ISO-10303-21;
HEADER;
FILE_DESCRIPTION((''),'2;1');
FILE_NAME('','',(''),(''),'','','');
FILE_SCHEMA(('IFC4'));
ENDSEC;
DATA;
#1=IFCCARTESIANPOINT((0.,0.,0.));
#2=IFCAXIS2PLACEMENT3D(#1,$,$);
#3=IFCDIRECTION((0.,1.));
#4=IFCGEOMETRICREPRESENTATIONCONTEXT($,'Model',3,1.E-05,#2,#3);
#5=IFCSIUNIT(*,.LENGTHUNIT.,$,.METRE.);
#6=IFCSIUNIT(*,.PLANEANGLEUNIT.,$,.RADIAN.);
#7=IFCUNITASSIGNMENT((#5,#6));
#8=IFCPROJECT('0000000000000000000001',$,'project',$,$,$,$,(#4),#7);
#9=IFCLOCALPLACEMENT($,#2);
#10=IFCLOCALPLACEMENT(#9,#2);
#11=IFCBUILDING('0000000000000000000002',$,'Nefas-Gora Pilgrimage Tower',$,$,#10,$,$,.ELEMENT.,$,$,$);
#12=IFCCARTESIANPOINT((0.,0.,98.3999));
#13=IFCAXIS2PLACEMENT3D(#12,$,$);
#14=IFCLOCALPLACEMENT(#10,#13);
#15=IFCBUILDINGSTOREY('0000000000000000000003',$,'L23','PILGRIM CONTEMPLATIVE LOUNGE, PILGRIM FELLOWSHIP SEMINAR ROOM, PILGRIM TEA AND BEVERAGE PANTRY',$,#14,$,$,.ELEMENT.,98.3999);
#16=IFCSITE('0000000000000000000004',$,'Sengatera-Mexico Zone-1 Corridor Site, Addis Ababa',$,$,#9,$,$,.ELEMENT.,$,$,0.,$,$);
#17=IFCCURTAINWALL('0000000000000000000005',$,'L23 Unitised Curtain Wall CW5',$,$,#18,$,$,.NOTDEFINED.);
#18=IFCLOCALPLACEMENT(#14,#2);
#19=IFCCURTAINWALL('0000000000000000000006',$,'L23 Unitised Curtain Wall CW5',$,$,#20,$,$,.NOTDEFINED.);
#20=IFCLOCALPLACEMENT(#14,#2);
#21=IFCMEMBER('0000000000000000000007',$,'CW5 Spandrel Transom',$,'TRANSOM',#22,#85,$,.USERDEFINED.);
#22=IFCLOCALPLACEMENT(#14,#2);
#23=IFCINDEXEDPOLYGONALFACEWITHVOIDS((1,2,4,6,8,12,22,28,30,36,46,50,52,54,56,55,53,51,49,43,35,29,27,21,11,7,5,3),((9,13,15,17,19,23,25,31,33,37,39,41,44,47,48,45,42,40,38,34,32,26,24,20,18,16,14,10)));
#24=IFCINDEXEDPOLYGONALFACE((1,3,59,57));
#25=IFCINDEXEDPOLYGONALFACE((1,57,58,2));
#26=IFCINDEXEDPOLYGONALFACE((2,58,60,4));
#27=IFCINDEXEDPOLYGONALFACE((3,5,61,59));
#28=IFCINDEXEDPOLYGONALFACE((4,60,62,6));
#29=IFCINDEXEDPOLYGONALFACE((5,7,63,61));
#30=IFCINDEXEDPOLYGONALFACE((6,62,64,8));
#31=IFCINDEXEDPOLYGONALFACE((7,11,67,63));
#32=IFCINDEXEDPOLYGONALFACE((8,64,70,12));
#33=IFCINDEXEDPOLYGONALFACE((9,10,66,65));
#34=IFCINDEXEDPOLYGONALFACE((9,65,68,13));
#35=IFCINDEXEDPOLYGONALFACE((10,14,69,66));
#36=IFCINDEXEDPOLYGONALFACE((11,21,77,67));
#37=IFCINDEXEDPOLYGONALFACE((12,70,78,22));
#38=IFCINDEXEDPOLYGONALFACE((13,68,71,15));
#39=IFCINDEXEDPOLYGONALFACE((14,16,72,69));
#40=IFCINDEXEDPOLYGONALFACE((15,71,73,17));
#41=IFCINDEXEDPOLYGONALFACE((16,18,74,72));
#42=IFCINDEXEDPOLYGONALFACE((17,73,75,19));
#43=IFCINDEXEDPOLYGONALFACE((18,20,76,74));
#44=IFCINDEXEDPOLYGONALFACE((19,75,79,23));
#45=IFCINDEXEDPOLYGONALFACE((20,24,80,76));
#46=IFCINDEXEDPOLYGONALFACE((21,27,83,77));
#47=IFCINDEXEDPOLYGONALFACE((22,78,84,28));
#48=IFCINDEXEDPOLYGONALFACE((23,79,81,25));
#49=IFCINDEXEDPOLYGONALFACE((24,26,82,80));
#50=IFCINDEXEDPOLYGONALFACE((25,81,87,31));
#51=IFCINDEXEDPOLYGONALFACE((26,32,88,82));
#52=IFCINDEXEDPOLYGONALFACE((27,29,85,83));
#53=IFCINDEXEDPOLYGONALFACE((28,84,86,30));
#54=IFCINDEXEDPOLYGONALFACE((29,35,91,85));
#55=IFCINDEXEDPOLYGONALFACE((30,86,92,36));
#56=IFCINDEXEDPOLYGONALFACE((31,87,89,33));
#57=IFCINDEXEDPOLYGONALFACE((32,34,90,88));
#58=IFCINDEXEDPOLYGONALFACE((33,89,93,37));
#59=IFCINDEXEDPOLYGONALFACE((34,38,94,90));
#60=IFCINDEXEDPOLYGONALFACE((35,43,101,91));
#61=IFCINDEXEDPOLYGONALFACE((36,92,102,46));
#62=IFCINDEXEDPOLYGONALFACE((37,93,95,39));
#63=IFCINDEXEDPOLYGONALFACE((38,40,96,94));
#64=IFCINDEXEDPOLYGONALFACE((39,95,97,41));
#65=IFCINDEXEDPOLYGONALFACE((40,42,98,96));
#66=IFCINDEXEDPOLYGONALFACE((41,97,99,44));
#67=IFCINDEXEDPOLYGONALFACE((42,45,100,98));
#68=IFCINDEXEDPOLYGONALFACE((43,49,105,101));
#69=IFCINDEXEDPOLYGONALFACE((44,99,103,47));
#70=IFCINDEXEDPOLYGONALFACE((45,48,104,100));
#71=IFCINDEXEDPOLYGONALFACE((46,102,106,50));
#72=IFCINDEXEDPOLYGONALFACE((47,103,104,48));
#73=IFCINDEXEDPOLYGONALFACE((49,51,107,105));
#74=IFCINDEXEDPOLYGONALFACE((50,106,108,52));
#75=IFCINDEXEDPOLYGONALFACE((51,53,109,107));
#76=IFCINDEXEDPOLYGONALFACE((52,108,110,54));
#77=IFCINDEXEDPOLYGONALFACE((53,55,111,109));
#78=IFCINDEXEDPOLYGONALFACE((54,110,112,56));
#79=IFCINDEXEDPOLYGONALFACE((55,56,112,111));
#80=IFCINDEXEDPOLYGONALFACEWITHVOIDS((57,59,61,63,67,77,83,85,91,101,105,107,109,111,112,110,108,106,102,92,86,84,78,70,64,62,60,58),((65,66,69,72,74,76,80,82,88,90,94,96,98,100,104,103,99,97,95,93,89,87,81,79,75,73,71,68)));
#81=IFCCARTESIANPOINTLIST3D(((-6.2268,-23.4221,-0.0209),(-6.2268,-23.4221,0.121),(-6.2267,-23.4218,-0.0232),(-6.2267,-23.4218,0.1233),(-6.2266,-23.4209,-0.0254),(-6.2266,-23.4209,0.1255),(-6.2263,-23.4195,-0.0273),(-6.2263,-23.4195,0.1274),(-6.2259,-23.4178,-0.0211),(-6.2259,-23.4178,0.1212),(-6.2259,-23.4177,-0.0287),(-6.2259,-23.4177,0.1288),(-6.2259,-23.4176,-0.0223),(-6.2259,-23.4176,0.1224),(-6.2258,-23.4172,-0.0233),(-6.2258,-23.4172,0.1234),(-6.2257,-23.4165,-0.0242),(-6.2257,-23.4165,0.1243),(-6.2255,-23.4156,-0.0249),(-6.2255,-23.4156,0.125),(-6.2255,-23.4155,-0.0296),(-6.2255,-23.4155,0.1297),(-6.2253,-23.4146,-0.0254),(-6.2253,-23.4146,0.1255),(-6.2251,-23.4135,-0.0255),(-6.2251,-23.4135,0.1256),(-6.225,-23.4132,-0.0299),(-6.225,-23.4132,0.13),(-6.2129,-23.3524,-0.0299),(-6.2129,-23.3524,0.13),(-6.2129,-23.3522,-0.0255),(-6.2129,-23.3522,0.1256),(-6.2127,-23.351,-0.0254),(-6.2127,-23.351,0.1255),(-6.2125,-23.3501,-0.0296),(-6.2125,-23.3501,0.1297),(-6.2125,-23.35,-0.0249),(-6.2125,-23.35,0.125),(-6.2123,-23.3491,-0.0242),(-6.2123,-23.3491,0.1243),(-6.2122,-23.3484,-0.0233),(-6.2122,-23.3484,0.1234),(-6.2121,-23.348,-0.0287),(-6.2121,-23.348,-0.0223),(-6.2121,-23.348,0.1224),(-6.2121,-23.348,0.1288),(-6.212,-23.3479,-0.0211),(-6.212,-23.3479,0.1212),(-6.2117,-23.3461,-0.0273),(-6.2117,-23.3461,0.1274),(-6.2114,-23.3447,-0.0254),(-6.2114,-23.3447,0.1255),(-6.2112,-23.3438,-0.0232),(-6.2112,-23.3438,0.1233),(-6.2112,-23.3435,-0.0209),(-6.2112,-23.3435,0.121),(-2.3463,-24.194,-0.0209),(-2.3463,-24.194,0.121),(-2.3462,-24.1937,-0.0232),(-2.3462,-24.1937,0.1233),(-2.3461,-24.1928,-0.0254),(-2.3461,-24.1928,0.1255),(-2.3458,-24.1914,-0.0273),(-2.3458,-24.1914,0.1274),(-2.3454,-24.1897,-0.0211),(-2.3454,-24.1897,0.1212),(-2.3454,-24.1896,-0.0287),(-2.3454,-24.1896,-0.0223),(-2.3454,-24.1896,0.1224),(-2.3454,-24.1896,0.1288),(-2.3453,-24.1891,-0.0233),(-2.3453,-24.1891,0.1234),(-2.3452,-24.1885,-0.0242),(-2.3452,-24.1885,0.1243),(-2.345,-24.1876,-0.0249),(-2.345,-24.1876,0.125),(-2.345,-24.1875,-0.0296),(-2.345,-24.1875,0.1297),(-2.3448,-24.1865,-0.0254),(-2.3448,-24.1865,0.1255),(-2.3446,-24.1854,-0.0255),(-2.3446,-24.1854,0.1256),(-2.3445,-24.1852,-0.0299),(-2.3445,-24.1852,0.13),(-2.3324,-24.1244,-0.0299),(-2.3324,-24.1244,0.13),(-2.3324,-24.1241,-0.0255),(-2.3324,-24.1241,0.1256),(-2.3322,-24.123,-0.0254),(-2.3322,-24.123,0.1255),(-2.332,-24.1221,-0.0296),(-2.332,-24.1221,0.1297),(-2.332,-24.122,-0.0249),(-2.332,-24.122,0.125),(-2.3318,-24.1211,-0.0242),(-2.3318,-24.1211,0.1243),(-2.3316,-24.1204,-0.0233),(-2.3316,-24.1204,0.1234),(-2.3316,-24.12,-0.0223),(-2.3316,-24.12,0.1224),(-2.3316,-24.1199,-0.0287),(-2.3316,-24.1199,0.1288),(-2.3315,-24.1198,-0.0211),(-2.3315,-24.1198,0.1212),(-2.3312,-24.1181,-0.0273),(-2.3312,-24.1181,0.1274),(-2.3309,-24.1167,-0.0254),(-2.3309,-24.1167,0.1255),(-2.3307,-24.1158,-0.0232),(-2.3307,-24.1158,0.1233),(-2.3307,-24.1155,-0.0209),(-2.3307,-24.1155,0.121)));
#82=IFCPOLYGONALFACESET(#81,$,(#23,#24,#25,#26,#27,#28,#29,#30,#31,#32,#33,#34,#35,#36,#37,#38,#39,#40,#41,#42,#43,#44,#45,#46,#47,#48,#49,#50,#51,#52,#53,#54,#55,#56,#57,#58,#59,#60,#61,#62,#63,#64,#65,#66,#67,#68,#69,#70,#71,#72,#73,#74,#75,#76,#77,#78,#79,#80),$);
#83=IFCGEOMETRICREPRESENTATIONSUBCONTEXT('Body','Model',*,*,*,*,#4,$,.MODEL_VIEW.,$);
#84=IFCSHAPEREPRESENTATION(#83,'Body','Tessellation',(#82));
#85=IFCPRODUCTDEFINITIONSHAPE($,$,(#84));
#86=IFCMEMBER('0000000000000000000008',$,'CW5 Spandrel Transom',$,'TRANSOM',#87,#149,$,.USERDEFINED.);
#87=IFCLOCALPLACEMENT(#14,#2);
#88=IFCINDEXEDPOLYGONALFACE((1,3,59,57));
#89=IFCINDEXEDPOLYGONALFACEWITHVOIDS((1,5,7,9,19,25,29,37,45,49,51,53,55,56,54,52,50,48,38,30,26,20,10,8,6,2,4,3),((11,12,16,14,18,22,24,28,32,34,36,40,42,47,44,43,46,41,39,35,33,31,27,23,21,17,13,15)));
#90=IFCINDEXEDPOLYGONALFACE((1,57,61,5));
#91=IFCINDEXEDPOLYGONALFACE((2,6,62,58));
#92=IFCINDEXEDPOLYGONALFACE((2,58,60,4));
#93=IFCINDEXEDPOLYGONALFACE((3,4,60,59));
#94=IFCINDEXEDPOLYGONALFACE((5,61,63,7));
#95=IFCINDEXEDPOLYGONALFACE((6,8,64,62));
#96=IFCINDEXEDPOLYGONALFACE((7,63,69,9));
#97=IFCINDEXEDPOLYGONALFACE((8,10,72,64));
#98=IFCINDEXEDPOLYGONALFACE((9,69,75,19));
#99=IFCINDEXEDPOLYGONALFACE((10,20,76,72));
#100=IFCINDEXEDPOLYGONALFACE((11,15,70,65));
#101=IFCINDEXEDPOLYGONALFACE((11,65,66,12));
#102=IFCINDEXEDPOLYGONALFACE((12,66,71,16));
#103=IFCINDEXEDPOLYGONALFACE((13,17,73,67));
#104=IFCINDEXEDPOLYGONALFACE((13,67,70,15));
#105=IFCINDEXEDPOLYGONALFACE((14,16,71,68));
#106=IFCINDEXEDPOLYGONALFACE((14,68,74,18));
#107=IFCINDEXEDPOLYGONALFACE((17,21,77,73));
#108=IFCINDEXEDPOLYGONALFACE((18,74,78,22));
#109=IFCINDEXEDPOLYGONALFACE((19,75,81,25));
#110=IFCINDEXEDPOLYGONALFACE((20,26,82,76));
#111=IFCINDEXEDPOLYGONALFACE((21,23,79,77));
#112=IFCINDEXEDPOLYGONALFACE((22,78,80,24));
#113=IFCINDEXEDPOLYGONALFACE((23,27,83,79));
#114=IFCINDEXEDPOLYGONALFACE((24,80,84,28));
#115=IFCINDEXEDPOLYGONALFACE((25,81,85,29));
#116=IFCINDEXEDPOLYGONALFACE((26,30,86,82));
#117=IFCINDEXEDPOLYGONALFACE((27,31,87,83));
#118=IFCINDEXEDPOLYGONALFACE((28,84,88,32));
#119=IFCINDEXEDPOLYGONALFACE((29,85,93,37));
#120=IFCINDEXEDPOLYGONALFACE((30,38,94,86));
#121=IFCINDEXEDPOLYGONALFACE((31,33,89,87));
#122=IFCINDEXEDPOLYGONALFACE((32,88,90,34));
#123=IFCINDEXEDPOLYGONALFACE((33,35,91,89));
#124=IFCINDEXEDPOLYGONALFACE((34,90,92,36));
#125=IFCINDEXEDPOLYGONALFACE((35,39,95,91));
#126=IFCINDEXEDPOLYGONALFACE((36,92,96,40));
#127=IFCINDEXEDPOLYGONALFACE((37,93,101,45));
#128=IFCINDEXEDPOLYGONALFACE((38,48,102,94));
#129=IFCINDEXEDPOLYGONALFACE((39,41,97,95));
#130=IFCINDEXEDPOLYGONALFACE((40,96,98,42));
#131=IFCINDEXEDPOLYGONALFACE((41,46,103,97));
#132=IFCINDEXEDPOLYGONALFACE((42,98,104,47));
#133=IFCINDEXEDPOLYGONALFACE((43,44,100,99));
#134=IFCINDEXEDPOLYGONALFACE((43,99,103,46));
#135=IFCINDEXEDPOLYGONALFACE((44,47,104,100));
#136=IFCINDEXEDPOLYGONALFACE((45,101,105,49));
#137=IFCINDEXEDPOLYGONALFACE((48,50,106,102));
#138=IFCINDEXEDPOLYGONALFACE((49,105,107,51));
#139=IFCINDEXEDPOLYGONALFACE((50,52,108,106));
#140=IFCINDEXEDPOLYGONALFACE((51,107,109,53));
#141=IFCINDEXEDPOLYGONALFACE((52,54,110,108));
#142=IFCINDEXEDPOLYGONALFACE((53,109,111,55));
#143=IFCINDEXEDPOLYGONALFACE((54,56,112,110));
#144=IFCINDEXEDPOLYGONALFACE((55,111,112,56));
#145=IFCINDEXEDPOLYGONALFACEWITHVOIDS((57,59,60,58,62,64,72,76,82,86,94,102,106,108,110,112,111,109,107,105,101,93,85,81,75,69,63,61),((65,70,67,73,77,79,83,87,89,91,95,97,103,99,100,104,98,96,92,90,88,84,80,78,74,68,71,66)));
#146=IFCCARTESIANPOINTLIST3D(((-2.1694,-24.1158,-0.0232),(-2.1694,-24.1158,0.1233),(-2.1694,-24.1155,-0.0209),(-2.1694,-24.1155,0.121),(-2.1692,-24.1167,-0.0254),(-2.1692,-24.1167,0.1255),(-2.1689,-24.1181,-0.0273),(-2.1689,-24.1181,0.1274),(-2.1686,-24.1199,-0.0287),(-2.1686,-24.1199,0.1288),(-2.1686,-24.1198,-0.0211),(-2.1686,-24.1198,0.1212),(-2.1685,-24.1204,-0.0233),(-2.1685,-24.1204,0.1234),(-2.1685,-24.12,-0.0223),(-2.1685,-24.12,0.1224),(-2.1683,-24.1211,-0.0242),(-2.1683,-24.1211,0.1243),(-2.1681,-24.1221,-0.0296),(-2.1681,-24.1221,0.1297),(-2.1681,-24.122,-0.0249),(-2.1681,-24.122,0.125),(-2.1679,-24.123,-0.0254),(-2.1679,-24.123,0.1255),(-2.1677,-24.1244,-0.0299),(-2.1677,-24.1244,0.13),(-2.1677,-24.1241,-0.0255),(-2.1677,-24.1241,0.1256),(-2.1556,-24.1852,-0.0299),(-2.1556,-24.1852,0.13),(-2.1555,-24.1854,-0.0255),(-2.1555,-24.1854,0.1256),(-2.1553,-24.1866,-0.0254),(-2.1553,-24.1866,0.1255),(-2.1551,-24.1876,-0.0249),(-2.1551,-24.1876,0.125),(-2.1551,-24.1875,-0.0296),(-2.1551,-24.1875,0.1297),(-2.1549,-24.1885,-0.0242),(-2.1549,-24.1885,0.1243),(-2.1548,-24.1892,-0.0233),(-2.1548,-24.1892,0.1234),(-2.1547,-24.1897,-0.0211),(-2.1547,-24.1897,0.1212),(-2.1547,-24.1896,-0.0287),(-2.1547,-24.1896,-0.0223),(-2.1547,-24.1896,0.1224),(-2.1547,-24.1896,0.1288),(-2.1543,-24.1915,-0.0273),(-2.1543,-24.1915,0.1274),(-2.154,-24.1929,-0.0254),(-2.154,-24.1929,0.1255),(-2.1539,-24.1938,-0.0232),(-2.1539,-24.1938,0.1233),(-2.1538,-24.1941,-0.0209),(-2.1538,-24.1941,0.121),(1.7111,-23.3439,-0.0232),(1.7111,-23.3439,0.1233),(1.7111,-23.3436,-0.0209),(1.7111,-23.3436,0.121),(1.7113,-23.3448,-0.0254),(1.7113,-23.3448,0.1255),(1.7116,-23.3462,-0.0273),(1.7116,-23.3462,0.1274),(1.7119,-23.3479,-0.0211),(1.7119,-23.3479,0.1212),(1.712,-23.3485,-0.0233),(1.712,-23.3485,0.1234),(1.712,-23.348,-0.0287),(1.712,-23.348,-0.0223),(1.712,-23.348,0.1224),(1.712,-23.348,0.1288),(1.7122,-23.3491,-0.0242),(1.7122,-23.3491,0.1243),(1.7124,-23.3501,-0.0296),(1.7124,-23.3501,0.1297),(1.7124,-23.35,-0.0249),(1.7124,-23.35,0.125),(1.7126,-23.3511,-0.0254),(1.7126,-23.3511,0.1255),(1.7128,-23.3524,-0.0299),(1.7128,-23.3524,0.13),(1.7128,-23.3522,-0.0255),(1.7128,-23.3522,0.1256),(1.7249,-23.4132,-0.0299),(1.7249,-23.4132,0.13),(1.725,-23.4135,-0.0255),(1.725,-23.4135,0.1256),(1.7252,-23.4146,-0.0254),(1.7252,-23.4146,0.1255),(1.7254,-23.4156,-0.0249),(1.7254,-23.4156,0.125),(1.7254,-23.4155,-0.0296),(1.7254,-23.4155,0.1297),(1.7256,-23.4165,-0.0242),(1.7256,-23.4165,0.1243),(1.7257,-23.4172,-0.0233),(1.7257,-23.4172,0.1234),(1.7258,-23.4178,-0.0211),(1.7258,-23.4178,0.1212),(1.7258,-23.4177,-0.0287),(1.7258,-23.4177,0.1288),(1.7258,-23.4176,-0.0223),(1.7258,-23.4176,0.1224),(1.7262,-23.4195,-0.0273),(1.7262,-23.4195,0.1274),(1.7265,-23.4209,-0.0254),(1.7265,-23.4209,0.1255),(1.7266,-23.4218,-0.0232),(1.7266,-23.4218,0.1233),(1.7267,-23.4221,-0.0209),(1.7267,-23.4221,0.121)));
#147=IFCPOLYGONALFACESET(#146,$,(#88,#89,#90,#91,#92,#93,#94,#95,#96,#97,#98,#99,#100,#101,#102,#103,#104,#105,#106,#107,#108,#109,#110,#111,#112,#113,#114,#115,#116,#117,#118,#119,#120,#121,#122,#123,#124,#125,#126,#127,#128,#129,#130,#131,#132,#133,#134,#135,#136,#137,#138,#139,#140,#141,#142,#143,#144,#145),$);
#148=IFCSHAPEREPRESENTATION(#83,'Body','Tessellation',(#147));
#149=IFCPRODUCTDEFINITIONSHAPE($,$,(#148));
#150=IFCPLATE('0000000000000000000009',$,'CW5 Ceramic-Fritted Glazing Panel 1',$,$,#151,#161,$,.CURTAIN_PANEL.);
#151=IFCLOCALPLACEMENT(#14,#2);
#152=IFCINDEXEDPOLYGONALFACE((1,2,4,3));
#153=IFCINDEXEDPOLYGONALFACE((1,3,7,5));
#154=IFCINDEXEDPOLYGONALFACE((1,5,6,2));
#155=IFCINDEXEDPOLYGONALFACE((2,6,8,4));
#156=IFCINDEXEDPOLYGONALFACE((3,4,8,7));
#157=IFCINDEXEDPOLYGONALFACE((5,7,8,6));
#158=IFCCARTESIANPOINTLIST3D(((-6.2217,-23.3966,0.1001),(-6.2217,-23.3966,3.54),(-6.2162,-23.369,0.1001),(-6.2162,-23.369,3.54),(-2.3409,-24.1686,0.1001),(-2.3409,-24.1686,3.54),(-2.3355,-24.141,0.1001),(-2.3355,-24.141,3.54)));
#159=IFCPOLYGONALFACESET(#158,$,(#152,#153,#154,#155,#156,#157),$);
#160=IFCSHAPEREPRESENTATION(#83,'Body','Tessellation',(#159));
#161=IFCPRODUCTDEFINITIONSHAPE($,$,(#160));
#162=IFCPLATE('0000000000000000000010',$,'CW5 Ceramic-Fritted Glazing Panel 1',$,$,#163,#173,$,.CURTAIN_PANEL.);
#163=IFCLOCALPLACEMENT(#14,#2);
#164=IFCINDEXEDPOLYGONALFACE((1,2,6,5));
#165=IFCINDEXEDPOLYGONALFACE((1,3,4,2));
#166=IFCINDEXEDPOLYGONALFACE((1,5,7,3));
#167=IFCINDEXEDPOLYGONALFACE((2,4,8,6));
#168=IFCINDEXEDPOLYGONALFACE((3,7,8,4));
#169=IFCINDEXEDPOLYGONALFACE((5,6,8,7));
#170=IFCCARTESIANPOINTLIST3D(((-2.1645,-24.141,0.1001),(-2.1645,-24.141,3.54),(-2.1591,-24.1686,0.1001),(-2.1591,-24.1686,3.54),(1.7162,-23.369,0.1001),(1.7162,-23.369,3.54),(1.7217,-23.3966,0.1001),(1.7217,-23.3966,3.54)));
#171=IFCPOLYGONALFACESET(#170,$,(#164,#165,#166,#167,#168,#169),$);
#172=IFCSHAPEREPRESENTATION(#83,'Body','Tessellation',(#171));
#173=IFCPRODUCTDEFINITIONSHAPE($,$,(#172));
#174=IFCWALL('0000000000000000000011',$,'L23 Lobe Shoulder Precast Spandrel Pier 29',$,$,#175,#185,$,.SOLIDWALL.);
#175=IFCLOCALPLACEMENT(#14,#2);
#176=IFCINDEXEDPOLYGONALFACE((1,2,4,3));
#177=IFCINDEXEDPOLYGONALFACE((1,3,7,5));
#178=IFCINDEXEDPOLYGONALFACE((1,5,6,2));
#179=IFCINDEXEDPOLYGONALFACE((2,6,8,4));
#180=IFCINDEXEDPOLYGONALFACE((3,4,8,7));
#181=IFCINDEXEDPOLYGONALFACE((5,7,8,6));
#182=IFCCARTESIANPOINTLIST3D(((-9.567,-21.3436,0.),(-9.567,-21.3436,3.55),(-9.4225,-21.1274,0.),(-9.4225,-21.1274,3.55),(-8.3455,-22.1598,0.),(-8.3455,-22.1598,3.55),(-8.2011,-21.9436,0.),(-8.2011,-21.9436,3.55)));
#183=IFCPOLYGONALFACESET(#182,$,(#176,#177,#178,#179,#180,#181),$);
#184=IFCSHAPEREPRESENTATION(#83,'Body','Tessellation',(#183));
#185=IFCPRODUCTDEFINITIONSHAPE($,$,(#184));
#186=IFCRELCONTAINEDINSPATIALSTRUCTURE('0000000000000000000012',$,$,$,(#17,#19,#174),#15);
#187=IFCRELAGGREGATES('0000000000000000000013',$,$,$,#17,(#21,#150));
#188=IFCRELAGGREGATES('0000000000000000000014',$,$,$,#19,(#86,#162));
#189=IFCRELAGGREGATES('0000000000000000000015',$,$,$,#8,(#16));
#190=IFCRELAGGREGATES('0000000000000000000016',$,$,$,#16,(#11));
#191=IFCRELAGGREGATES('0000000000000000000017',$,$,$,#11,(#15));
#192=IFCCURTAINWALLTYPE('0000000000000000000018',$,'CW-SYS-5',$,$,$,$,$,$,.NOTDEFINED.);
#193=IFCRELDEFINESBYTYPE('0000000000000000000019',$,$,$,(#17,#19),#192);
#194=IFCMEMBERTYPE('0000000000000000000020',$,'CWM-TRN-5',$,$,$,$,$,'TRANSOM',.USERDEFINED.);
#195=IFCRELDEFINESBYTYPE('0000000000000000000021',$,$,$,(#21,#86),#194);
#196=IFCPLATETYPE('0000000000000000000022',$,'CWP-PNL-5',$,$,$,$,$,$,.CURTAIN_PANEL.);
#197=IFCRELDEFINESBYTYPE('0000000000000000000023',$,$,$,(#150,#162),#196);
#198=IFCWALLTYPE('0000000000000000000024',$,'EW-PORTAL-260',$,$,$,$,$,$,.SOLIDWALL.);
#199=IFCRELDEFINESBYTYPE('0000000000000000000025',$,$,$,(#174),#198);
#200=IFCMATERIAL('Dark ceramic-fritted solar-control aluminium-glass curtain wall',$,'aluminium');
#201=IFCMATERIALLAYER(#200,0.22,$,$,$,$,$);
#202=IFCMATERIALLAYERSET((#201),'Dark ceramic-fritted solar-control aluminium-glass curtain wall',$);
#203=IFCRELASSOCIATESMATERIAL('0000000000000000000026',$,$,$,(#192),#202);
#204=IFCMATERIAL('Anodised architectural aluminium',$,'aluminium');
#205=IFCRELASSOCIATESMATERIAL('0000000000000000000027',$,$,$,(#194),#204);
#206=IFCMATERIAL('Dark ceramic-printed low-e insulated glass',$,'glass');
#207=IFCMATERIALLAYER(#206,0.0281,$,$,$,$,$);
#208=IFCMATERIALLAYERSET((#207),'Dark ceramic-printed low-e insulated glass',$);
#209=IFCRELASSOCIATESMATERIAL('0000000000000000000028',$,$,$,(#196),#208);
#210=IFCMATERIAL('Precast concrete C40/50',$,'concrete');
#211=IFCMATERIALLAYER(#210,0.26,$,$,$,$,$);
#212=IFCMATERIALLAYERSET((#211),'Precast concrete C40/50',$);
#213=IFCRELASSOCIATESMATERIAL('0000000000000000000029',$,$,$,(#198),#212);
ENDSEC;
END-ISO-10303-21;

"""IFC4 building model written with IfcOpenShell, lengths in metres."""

from ifc_helpers import new_model, si_unit, direction, frame, frame_2d, origin, origin_2d, place, context, subcontext, project, spatial, rectangle, hollow_rectangle, extrude, source, transform, mapped, material, layer, layer_set, material_profile, profile_set, type_object, element, aggregate, save


model = new_model("IFC4")

# Units and contexts
model_context = context("Model", 3, precision=1e-05, world=origin(), true_north=direction((0.0, 1.0)))
body_context = subcontext(model_context, "Body", "Model", "MODEL_VIEW")
ifc_project = project(units=[si_unit("LENGTHUNIT", "METRE"), si_unit("PLANEANGLEUNIT", "RADIAN")], contexts=[model_context])

# Site, building, storey
site_placement = place(None, origin())
site = spatial("IfcSite", under=ifc_project, at=site_placement, Name="Sengatera-Mexico Zone-1 Corridor Site, Addis Ababa", CompositionType="ELEMENT", RefElevation=0.0)
building_placement = place(site_placement, origin())
building = spatial("IfcBuilding", under=site, at=building_placement, Name="Nefas-Gora Pilgrimage Tower", CompositionType="ELEMENT")
storey_placement = place(building_placement, frame((0.0, 0.0, 98.3999)))
storey = spatial("IfcBuildingStorey", under=building, at=storey_placement, Name="L23", Description="PILGRIM CONTEMPLATIVE LOUNGE, PILGRIM FELLOWSHIP SEMINAR ROOM, PILGRIM TEA AND BEVERAGE PANTRY", CompositionType="ELEMENT", Elevation=98.3999)

# Shared definitions
ifc_material_1 = material(Name="Dark ceramic-fritted solar-control aluminium-glass curtain wall", Category="aluminium")
ifc_layer_1 = layer(ifc_material_1, 0.22)
ifc_layer_set_1 = layer_set([ifc_layer_1], Name="Dark ceramic-fritted solar-control aluminium-glass curtain wall")
curtain_wall_type = type_object("IfcCurtainWallType", Name="CW-SYS-5", PredefinedType="NOTDEFINED", material=ifc_layer_set_1)
ifc_material_2 = material(Name="Anodised architectural aluminium", Category="aluminium")

# Curtain wall
curtain_wall_1_placement = place(storey_placement, origin())
curtain_wall_1 = element("IfcCurtainWall", 1, at=curtain_wall_1_placement, inside=storey, type_object=curtain_wall_type, Name="L23 Unitised Curtain Wall CW5", PredefinedType="NOTDEFINED")

# Curtain wall
curtain_wall_2_placement = place(storey_placement, origin())
curtain_wall_2 = element("IfcCurtainWall", 2, at=curtain_wall_2_placement, inside=storey, type_object=curtain_wall_type, Name="L23 Unitised Curtain Wall CW5", PredefinedType="NOTDEFINED")

# Members
ifc_material_profile_1 = material_profile(ifc_material_2, hollow_rectangle(XDim=0.0801, YDim=0.1599, WallThickness=0.0044, InnerFilletRadius=0.0044, OuterFilletRadius=0.009, at=origin_2d()), Name="ALU TRANSOM 80x160")
ifc_profile_set_1 = profile_set([ifc_material_profile_1], Name="Anodised architectural aluminium")
member_type_1 = type_object("IfcMemberType", Name="CWM-TRN-5", ElementType="TRANSOM", PredefinedType="USERDEFINED", material=ifc_profile_set_1)
shared_shape_1 = source(origin(), body_context, "Body", "SweptSolid", [
    extrude(hollow_rectangle(XDim=0.0801, YDim=0.1599, WallThickness=0.0044, InnerFilletRadius=0.0044, OuterFilletRadius=0.009, at=origin_2d()), origin(), (0.0, 0.0, 1.0), 3.9565),
])
member_1_placement = place(storey_placement, frame((-6.219, -23.3828, 0.05), z_axis=(0.980782, -0.195107, 0.0), x_axis=(0.195107, 0.980782, 0.0)))
member_1 = element("IfcMember", 3, at=member_1_placement, type_object=member_type_1, Name="CW5 Spandrel Transom", ObjectType="TRANSOM", PredefinedType="USERDEFINED", context=body_context, shape_type="MappedRepresentation", body=[
    mapped(shared_shape_1, transform((0.0, 0.0, 0.0), x_axis=(1.0, 0.0, 0.0), y_axis=(0.0, 1.0, 0.0), z_axis=(0.0, 0.0, 1.0), scale=1.0)),
])
member_2_placement = place(storey_placement, frame((-2.1616, -24.1548, 0.05), z_axis=(0.980782, 0.195107, 0.0), x_axis=(-0.195107, 0.980782, 0.0)))
member_2 = element("IfcMember", 4, at=member_2_placement, type_object=member_type_1, Name="CW5 Spandrel Transom", ObjectType="TRANSOM", PredefinedType="USERDEFINED", context=body_context, shape_type="MappedRepresentation", body=[
    mapped(shared_shape_1, transform((0.0, 0.0, 0.0), x_axis=(1.0, 0.0, 0.0), y_axis=(0.0, 1.0, 0.0), z_axis=(0.0, 0.0, 1.0), scale=1.0)),
])

# Plates
ifc_material_3 = material(Name="Dark ceramic-printed low-e insulated glass", Category="glass")
ifc_layer_2 = layer(ifc_material_3, 0.0281)
ifc_layer_set_2 = layer_set([ifc_layer_2], Name="Dark ceramic-printed low-e insulated glass")
plate_type = type_object("IfcPlateType", Name="CWP-PNL-5", PredefinedType="CURTAIN_PANEL", material=ifc_layer_set_2)
shared_shape_2 = source(origin(), body_context, "Body", "SweptSolid", [
    extrude(rectangle(XDim=3.9568, YDim=0.0281, at=origin_2d()), origin(), (0.0, 0.0, 1.0), 3.4399),
])
plate_1_placement = place(storey_placement, frame((-4.2786, -23.7688, 0.1001), z_axis=(0.0, 0.0, 1.0), x_axis=(0.980783, -0.195102, 0.0)))
plate_1 = element("IfcPlate", 5, at=plate_1_placement, type_object=plate_type, Name="CW5 Ceramic-Fritted Glazing Panel 1", PredefinedType="CURTAIN_PANEL", context=body_context, shape_type="MappedRepresentation", body=[
    mapped(shared_shape_2, transform((0.0, 0.0, 0.0), x_axis=(1.0, 0.0, 0.0), y_axis=(0.0, 1.0, 0.0), z_axis=(0.0, 0.0, 1.0), scale=1.0)),
])
aggregate(curtain_wall_1, [member_1, plate_1])
plate_2_placement = place(storey_placement, frame((-0.2214, -23.7688, 0.1001), z_axis=(0.0, 0.0, 1.0), x_axis=(0.980783, 0.195102, 0.0)))
plate_2 = element("IfcPlate", 6, at=plate_2_placement, type_object=plate_type, Name="CW5 Ceramic-Fritted Glazing Panel 1", PredefinedType="CURTAIN_PANEL", context=body_context, shape_type="MappedRepresentation", body=[
    mapped(shared_shape_2, transform((0.0, 0.0, 0.0), x_axis=(1.0, 0.0, 0.0), y_axis=(0.0, 1.0, 0.0), z_axis=(0.0, 0.0, 1.0), scale=1.0)),
])
aggregate(curtain_wall_2, [member_2, plate_2])

# Wall
ifc_material_4 = material(Name="Precast concrete C40/50", Category="concrete")
ifc_layer_3 = layer(ifc_material_4, 0.26)
ifc_layer_set_3 = layer_set([ifc_layer_3], Name="Precast concrete C40/50")
wall_type_1 = type_object("IfcWallType", Name="EW-PORTAL-260", PredefinedType="SOLIDWALL", material=ifc_layer_set_3)
shared_shape_3 = source(origin(), body_context, "Body", "SweptSolid", [
    extrude(rectangle(XDim=1.469, YDim=0.26, at=frame_2d((0.7344, 0.0))), origin(), (0.0, 0.0, 1.0), 3.55),
])
wall_1_placement = place(storey_placement, frame((-9.4946, -21.2356, 0.0), z_axis=(0.0, 0.0, 1.0), x_axis=(0.831462, -0.555582, 0.0)))
element("IfcWall", 7, at=wall_1_placement, inside=storey, type_object=wall_type_1, Name="L23 Lobe Shoulder Precast Spandrel Pier 29", PredefinedType="SOLIDWALL", context=body_context, shape_type="MappedRepresentation", body=[
    mapped(shared_shape_3, transform((0.0, 0.0, 0.0), x_axis=(1.0, 0.0, 0.0), y_axis=(0.0, 1.0, 0.0), z_axis=(0.0, 0.0, 1.0), scale=1.0)),
])

save(model, "model.ifc")
